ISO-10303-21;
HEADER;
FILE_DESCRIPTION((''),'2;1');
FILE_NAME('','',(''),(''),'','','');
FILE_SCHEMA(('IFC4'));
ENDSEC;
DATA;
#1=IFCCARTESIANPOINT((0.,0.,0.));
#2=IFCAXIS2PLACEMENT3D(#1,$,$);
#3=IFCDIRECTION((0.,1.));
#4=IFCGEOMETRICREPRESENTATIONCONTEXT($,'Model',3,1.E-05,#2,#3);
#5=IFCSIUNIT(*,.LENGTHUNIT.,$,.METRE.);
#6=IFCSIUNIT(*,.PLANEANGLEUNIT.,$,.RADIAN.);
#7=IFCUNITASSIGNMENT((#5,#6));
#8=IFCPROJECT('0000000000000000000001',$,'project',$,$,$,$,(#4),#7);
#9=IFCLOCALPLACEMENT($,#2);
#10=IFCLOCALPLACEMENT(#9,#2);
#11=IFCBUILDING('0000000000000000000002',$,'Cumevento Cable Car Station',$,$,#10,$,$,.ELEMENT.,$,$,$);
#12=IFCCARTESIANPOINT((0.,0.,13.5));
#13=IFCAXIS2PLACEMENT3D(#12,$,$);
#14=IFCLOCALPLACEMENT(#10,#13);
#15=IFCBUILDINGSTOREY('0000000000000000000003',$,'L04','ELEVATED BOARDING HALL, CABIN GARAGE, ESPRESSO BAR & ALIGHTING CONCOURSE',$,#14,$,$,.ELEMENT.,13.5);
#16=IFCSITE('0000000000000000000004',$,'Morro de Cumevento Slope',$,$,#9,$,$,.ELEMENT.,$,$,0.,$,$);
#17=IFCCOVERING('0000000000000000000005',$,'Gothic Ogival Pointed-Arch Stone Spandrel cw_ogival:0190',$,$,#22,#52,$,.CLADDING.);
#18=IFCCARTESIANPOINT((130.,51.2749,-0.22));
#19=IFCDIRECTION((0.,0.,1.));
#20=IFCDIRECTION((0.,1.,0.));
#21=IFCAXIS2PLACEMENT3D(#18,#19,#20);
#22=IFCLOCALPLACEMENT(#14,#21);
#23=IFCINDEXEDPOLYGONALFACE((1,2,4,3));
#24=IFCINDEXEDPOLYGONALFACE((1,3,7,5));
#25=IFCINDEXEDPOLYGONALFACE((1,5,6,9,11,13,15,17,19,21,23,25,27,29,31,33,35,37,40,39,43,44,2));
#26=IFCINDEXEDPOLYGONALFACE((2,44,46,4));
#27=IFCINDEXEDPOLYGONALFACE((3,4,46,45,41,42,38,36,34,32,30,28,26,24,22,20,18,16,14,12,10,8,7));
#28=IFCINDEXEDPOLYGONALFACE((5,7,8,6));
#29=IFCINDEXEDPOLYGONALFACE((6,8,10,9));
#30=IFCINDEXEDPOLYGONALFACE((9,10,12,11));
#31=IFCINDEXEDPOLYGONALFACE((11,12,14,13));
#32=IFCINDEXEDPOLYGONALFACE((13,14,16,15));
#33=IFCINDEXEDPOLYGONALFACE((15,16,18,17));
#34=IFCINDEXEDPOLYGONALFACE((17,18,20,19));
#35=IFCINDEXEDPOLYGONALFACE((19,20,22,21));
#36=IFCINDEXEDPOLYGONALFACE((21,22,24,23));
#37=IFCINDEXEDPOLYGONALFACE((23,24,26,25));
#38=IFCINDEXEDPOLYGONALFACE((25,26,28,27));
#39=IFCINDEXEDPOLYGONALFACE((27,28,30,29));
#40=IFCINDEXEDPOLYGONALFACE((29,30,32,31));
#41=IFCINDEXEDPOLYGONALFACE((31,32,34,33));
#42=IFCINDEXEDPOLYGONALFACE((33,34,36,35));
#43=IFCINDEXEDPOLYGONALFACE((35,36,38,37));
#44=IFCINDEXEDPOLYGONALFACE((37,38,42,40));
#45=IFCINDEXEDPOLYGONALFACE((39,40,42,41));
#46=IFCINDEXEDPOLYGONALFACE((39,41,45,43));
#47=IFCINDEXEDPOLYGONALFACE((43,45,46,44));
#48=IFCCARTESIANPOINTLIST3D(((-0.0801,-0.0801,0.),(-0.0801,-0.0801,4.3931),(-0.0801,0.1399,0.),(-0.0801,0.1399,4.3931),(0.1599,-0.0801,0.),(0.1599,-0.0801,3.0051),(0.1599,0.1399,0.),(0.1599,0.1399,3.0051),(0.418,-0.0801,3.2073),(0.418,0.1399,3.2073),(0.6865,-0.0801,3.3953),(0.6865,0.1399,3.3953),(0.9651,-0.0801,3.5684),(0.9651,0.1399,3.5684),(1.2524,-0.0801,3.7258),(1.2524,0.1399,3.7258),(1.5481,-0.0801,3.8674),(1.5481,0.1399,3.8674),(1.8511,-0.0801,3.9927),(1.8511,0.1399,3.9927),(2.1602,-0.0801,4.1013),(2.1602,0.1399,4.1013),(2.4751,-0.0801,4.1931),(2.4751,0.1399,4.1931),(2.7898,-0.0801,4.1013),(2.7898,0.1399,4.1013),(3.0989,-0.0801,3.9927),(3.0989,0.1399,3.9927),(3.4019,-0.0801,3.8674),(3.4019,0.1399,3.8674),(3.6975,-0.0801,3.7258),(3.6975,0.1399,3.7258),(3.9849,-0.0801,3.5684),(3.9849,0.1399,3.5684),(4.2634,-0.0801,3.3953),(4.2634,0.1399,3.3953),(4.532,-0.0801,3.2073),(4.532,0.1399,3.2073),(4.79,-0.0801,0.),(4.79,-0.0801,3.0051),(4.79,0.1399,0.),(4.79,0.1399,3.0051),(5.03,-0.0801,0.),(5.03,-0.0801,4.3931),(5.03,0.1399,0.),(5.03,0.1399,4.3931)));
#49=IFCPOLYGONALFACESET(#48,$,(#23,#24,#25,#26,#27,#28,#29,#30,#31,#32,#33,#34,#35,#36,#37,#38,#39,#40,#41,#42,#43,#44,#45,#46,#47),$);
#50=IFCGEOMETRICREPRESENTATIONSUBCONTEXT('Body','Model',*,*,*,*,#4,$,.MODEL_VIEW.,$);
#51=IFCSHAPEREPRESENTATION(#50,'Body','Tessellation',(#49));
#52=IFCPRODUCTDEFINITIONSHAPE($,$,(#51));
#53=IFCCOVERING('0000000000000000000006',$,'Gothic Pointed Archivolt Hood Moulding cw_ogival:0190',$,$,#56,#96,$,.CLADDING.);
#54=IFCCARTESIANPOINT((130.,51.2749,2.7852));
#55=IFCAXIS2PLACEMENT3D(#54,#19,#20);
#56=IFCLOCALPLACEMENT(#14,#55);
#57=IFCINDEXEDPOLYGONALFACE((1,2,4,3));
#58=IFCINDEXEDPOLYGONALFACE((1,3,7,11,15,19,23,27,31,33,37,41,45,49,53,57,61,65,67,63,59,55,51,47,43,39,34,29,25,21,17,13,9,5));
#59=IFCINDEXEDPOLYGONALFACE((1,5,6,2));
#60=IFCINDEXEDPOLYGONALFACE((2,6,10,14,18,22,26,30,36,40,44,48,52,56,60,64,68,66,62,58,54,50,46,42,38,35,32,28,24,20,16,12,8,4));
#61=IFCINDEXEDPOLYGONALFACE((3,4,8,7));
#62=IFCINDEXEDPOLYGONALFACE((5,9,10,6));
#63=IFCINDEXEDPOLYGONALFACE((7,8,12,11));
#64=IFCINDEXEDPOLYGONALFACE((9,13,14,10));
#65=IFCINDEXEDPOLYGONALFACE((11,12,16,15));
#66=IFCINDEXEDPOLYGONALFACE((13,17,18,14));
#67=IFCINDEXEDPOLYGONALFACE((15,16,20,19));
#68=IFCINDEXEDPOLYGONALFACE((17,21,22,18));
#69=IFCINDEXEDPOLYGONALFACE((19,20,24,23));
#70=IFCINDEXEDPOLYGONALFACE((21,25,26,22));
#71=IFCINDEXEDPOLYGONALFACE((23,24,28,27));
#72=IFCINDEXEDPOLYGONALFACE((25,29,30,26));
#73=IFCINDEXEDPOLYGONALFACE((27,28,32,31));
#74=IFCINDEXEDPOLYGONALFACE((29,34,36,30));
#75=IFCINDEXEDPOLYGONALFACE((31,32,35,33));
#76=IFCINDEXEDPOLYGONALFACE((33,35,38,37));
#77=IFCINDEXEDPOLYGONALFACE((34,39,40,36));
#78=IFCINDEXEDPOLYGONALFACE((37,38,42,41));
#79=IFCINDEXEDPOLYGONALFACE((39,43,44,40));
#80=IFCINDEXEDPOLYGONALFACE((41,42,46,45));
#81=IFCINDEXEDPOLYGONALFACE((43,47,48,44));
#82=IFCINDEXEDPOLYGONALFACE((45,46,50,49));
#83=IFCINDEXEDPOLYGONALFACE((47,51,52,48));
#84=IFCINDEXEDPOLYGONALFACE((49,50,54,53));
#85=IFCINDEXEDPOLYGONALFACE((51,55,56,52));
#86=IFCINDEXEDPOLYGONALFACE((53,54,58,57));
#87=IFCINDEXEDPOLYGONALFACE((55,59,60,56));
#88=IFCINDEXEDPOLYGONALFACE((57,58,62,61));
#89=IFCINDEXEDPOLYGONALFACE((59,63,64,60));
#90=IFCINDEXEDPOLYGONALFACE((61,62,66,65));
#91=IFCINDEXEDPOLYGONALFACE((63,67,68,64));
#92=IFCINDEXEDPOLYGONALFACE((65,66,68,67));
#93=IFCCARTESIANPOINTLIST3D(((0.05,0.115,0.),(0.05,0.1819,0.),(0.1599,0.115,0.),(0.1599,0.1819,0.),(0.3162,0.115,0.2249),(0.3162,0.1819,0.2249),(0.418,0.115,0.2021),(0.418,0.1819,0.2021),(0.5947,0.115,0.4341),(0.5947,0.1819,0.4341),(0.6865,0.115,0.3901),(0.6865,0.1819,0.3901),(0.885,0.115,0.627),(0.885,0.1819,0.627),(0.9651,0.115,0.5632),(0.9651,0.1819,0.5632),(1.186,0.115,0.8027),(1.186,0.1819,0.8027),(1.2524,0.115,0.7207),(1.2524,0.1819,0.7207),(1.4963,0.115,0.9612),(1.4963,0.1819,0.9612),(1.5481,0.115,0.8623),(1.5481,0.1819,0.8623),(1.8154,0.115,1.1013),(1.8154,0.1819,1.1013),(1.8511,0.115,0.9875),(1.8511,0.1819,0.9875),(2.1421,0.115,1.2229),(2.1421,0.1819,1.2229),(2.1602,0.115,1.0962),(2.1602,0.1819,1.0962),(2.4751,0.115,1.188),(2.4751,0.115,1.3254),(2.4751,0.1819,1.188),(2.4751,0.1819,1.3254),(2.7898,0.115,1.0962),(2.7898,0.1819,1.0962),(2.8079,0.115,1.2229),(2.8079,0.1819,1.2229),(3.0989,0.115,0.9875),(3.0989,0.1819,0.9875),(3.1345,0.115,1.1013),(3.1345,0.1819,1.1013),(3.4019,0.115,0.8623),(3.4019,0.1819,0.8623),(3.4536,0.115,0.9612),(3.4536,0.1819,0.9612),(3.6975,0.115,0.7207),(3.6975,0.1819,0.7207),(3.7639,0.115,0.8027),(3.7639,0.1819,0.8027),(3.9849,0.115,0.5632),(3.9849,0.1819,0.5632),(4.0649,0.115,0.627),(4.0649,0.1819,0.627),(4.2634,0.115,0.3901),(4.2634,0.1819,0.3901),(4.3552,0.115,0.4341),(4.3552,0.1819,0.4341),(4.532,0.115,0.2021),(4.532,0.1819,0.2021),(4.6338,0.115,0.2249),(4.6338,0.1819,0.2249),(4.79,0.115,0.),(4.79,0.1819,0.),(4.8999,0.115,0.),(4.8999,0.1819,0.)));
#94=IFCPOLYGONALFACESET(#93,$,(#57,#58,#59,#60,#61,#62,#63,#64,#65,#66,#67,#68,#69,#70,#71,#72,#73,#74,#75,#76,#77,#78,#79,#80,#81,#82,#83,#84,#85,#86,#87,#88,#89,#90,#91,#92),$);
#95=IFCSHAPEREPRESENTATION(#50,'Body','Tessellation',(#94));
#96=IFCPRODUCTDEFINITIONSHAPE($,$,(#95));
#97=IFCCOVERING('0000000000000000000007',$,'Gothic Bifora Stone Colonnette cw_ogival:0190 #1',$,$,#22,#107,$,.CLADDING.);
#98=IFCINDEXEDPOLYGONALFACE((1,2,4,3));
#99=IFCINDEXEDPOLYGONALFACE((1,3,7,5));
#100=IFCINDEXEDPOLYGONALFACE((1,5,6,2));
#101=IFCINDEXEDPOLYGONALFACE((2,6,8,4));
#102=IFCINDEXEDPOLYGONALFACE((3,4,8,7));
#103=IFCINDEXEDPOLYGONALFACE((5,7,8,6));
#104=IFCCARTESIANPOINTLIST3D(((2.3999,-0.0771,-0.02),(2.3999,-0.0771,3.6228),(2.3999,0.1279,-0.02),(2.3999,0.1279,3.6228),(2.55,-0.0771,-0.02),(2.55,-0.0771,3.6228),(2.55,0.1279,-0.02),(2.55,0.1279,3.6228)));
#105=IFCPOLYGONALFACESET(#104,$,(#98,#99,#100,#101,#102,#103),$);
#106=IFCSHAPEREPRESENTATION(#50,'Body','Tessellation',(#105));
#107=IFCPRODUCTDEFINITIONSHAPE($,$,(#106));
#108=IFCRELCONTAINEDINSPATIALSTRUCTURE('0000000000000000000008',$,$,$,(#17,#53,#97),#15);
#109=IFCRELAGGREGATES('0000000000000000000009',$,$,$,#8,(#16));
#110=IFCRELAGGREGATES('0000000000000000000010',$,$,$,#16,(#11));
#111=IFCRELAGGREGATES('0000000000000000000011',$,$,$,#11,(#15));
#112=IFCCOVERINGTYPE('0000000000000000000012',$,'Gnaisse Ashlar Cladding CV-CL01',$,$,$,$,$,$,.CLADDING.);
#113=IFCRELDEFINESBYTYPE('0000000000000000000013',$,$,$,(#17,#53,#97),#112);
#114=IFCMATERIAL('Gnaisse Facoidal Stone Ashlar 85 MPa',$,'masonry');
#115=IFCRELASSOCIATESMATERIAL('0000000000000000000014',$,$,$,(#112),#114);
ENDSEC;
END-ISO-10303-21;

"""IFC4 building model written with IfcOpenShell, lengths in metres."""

from ifc_helpers import new_model, si_unit, direction, frame, origin, place, context, subcontext, project, spatial, polyline, outline, extrude, material, type_object, element, save


model = new_model("IFC4")

# Units and contexts
model_context = context("Model", 3, precision=1e-05, world=origin(), true_north=direction((0.0, 1.0)))
body_context = subcontext(model_context, "Body", "Model", "MODEL_VIEW")
ifc_project = project(units=[si_unit("LENGTHUNIT", "METRE"), si_unit("PLANEANGLEUNIT", "RADIAN")], contexts=[model_context])

# Site, building, storey
site_placement = place(None, origin())
site = spatial("IfcSite", under=ifc_project, at=site_placement, Name="Morro de Cumevento Slope", CompositionType="ELEMENT", RefElevation=0.0)
building_placement = place(site_placement, origin())
building = spatial("IfcBuilding", under=site, at=building_placement, Name="Cumevento Cable Car Station", CompositionType="ELEMENT")
storey_placement = place(building_placement, frame((0.0, 0.0, 13.5)))
storey = spatial("IfcBuildingStorey", under=building, at=storey_placement, Name="L04", Description="ELEVATED BOARDING HALL, CABIN GARAGE, ESPRESSO BAR & ALIGHTING CONCOURSE", CompositionType="ELEMENT", Elevation=13.5)

# Coverings
ifc_material_1 = material(Name="Gnaisse Facoidal Stone Ashlar 85 MPa", Category="masonry")
covering_type = type_object("IfcCoveringType", Name="Gnaisse Ashlar Cladding CV-CL01", PredefinedType="CLADDING", material=ifc_material_1)
placement = place(storey_placement, frame((130.0, 51.2749, -0.22), z_axis=(0.0, 0.0, 1.0), x_axis=(0.0, 1.0, 0.0)))
element("IfcCovering", 1, at=placement, inside=storey, type_object=covering_type, Name="Gothic Ogival Pointed-Arch Stone Spandrel cw_ogival:0190", PredefinedType="CLADDING", context=body_context, shape_type="SweptSolid", body=[
    extrude(outline(polyline([(-0.0801, 0.0), (-0.0801, 4.3931), (5.03, 4.3931), (5.03, 0.0), (4.79, 0.0), (4.79, 3.0051), (4.532, 3.2073), (4.2634, 3.3953), (3.9849, 3.5684), (3.6975, 3.7258), (3.4019, 3.8674), (3.0989, 3.9927), (2.7898, 4.1013), (2.4751, 4.1931), (2.1602, 4.1013), (1.8511, 3.9927), (1.5481, 3.8674), (1.2524, 3.7258), (0.9651, 3.5684), (0.6865, 3.3953), (0.418, 3.2073), (0.1599, 3.0051), (0.1599, 0.0), (-0.0801, 0.0)])), frame((0.0, 0.1399, 0.0), z_axis=(0.0, -1.0, 0.0), x_axis=(1.0, 0.0, 0.0)), (0.0, 0.0, 1.0), 0.22),
])
covering_1_placement = place(storey_placement, frame((130.0, 51.2749, 2.7852), z_axis=(0.0, 0.0, 1.0), x_axis=(0.0, 1.0, 0.0)))
element("IfcCovering", 2, at=covering_1_placement, inside=storey, type_object=covering_type, Name="Gothic Pointed Archivolt Hood Moulding cw_ogival:0190", PredefinedType="CLADDING", context=body_context, shape_type="SweptSolid", body=[
    extrude(outline(polyline([(0.1599, 0.0), (0.418, 0.2021), (0.6865, 0.3901), (0.9651, 0.5632), (1.2524, 0.7207), (1.5481, 0.8623), (1.8511, 0.9875), (2.1602, 1.0962), (2.4751, 1.188), (2.7898, 1.0962), (3.0989, 0.9875), (3.4019, 0.8623), (3.6975, 0.7207), (3.9849, 0.5632), (4.2634, 0.3901), (4.532, 0.2021), (4.79, 0.0), (4.8999, 0.0), (4.6338, 0.2249), (4.3552, 0.4341), (4.0649, 0.627), (3.7639, 0.8027), (3.4536, 0.9612), (3.1345, 1.1013), (2.8079, 1.2229), (2.4751, 1.3254), (2.1421, 1.2229), (1.8154, 1.1013), (1.4963, 0.9612), (1.186, 0.8027), (0.885, 0.627), (0.5947, 0.4341), (0.3162, 0.2249), (0.05, 0.0), (0.1599, 0.0)])), frame((0.0, 0.1819, 0.0), z_axis=(0.0, -1.0, 0.0), x_axis=(1.0, 0.0, 0.0)), (0.0, 0.0, 1.0), 0.0669),
])
element("IfcCovering", 3, at=placement, inside=storey, type_object=covering_type, Name="Gothic Bifora Stone Colonnette cw_ogival:0190 #1", PredefinedType="CLADDING", context=body_context, shape_type="SweptSolid", body=[
    extrude(outline(polyline([(2.3999, -0.02), (2.55, -0.02), (2.55, 3.6228), (2.3999, 3.6228), (2.3999, -0.02)])), frame((0.0, 0.1279, 0.0), z_axis=(0.0, -1.0, 0.0), x_axis=(1.0, 0.0, 0.0)), (0.0, 0.0, 1.0), 0.2051),
])

save(model, "model.ifc")
